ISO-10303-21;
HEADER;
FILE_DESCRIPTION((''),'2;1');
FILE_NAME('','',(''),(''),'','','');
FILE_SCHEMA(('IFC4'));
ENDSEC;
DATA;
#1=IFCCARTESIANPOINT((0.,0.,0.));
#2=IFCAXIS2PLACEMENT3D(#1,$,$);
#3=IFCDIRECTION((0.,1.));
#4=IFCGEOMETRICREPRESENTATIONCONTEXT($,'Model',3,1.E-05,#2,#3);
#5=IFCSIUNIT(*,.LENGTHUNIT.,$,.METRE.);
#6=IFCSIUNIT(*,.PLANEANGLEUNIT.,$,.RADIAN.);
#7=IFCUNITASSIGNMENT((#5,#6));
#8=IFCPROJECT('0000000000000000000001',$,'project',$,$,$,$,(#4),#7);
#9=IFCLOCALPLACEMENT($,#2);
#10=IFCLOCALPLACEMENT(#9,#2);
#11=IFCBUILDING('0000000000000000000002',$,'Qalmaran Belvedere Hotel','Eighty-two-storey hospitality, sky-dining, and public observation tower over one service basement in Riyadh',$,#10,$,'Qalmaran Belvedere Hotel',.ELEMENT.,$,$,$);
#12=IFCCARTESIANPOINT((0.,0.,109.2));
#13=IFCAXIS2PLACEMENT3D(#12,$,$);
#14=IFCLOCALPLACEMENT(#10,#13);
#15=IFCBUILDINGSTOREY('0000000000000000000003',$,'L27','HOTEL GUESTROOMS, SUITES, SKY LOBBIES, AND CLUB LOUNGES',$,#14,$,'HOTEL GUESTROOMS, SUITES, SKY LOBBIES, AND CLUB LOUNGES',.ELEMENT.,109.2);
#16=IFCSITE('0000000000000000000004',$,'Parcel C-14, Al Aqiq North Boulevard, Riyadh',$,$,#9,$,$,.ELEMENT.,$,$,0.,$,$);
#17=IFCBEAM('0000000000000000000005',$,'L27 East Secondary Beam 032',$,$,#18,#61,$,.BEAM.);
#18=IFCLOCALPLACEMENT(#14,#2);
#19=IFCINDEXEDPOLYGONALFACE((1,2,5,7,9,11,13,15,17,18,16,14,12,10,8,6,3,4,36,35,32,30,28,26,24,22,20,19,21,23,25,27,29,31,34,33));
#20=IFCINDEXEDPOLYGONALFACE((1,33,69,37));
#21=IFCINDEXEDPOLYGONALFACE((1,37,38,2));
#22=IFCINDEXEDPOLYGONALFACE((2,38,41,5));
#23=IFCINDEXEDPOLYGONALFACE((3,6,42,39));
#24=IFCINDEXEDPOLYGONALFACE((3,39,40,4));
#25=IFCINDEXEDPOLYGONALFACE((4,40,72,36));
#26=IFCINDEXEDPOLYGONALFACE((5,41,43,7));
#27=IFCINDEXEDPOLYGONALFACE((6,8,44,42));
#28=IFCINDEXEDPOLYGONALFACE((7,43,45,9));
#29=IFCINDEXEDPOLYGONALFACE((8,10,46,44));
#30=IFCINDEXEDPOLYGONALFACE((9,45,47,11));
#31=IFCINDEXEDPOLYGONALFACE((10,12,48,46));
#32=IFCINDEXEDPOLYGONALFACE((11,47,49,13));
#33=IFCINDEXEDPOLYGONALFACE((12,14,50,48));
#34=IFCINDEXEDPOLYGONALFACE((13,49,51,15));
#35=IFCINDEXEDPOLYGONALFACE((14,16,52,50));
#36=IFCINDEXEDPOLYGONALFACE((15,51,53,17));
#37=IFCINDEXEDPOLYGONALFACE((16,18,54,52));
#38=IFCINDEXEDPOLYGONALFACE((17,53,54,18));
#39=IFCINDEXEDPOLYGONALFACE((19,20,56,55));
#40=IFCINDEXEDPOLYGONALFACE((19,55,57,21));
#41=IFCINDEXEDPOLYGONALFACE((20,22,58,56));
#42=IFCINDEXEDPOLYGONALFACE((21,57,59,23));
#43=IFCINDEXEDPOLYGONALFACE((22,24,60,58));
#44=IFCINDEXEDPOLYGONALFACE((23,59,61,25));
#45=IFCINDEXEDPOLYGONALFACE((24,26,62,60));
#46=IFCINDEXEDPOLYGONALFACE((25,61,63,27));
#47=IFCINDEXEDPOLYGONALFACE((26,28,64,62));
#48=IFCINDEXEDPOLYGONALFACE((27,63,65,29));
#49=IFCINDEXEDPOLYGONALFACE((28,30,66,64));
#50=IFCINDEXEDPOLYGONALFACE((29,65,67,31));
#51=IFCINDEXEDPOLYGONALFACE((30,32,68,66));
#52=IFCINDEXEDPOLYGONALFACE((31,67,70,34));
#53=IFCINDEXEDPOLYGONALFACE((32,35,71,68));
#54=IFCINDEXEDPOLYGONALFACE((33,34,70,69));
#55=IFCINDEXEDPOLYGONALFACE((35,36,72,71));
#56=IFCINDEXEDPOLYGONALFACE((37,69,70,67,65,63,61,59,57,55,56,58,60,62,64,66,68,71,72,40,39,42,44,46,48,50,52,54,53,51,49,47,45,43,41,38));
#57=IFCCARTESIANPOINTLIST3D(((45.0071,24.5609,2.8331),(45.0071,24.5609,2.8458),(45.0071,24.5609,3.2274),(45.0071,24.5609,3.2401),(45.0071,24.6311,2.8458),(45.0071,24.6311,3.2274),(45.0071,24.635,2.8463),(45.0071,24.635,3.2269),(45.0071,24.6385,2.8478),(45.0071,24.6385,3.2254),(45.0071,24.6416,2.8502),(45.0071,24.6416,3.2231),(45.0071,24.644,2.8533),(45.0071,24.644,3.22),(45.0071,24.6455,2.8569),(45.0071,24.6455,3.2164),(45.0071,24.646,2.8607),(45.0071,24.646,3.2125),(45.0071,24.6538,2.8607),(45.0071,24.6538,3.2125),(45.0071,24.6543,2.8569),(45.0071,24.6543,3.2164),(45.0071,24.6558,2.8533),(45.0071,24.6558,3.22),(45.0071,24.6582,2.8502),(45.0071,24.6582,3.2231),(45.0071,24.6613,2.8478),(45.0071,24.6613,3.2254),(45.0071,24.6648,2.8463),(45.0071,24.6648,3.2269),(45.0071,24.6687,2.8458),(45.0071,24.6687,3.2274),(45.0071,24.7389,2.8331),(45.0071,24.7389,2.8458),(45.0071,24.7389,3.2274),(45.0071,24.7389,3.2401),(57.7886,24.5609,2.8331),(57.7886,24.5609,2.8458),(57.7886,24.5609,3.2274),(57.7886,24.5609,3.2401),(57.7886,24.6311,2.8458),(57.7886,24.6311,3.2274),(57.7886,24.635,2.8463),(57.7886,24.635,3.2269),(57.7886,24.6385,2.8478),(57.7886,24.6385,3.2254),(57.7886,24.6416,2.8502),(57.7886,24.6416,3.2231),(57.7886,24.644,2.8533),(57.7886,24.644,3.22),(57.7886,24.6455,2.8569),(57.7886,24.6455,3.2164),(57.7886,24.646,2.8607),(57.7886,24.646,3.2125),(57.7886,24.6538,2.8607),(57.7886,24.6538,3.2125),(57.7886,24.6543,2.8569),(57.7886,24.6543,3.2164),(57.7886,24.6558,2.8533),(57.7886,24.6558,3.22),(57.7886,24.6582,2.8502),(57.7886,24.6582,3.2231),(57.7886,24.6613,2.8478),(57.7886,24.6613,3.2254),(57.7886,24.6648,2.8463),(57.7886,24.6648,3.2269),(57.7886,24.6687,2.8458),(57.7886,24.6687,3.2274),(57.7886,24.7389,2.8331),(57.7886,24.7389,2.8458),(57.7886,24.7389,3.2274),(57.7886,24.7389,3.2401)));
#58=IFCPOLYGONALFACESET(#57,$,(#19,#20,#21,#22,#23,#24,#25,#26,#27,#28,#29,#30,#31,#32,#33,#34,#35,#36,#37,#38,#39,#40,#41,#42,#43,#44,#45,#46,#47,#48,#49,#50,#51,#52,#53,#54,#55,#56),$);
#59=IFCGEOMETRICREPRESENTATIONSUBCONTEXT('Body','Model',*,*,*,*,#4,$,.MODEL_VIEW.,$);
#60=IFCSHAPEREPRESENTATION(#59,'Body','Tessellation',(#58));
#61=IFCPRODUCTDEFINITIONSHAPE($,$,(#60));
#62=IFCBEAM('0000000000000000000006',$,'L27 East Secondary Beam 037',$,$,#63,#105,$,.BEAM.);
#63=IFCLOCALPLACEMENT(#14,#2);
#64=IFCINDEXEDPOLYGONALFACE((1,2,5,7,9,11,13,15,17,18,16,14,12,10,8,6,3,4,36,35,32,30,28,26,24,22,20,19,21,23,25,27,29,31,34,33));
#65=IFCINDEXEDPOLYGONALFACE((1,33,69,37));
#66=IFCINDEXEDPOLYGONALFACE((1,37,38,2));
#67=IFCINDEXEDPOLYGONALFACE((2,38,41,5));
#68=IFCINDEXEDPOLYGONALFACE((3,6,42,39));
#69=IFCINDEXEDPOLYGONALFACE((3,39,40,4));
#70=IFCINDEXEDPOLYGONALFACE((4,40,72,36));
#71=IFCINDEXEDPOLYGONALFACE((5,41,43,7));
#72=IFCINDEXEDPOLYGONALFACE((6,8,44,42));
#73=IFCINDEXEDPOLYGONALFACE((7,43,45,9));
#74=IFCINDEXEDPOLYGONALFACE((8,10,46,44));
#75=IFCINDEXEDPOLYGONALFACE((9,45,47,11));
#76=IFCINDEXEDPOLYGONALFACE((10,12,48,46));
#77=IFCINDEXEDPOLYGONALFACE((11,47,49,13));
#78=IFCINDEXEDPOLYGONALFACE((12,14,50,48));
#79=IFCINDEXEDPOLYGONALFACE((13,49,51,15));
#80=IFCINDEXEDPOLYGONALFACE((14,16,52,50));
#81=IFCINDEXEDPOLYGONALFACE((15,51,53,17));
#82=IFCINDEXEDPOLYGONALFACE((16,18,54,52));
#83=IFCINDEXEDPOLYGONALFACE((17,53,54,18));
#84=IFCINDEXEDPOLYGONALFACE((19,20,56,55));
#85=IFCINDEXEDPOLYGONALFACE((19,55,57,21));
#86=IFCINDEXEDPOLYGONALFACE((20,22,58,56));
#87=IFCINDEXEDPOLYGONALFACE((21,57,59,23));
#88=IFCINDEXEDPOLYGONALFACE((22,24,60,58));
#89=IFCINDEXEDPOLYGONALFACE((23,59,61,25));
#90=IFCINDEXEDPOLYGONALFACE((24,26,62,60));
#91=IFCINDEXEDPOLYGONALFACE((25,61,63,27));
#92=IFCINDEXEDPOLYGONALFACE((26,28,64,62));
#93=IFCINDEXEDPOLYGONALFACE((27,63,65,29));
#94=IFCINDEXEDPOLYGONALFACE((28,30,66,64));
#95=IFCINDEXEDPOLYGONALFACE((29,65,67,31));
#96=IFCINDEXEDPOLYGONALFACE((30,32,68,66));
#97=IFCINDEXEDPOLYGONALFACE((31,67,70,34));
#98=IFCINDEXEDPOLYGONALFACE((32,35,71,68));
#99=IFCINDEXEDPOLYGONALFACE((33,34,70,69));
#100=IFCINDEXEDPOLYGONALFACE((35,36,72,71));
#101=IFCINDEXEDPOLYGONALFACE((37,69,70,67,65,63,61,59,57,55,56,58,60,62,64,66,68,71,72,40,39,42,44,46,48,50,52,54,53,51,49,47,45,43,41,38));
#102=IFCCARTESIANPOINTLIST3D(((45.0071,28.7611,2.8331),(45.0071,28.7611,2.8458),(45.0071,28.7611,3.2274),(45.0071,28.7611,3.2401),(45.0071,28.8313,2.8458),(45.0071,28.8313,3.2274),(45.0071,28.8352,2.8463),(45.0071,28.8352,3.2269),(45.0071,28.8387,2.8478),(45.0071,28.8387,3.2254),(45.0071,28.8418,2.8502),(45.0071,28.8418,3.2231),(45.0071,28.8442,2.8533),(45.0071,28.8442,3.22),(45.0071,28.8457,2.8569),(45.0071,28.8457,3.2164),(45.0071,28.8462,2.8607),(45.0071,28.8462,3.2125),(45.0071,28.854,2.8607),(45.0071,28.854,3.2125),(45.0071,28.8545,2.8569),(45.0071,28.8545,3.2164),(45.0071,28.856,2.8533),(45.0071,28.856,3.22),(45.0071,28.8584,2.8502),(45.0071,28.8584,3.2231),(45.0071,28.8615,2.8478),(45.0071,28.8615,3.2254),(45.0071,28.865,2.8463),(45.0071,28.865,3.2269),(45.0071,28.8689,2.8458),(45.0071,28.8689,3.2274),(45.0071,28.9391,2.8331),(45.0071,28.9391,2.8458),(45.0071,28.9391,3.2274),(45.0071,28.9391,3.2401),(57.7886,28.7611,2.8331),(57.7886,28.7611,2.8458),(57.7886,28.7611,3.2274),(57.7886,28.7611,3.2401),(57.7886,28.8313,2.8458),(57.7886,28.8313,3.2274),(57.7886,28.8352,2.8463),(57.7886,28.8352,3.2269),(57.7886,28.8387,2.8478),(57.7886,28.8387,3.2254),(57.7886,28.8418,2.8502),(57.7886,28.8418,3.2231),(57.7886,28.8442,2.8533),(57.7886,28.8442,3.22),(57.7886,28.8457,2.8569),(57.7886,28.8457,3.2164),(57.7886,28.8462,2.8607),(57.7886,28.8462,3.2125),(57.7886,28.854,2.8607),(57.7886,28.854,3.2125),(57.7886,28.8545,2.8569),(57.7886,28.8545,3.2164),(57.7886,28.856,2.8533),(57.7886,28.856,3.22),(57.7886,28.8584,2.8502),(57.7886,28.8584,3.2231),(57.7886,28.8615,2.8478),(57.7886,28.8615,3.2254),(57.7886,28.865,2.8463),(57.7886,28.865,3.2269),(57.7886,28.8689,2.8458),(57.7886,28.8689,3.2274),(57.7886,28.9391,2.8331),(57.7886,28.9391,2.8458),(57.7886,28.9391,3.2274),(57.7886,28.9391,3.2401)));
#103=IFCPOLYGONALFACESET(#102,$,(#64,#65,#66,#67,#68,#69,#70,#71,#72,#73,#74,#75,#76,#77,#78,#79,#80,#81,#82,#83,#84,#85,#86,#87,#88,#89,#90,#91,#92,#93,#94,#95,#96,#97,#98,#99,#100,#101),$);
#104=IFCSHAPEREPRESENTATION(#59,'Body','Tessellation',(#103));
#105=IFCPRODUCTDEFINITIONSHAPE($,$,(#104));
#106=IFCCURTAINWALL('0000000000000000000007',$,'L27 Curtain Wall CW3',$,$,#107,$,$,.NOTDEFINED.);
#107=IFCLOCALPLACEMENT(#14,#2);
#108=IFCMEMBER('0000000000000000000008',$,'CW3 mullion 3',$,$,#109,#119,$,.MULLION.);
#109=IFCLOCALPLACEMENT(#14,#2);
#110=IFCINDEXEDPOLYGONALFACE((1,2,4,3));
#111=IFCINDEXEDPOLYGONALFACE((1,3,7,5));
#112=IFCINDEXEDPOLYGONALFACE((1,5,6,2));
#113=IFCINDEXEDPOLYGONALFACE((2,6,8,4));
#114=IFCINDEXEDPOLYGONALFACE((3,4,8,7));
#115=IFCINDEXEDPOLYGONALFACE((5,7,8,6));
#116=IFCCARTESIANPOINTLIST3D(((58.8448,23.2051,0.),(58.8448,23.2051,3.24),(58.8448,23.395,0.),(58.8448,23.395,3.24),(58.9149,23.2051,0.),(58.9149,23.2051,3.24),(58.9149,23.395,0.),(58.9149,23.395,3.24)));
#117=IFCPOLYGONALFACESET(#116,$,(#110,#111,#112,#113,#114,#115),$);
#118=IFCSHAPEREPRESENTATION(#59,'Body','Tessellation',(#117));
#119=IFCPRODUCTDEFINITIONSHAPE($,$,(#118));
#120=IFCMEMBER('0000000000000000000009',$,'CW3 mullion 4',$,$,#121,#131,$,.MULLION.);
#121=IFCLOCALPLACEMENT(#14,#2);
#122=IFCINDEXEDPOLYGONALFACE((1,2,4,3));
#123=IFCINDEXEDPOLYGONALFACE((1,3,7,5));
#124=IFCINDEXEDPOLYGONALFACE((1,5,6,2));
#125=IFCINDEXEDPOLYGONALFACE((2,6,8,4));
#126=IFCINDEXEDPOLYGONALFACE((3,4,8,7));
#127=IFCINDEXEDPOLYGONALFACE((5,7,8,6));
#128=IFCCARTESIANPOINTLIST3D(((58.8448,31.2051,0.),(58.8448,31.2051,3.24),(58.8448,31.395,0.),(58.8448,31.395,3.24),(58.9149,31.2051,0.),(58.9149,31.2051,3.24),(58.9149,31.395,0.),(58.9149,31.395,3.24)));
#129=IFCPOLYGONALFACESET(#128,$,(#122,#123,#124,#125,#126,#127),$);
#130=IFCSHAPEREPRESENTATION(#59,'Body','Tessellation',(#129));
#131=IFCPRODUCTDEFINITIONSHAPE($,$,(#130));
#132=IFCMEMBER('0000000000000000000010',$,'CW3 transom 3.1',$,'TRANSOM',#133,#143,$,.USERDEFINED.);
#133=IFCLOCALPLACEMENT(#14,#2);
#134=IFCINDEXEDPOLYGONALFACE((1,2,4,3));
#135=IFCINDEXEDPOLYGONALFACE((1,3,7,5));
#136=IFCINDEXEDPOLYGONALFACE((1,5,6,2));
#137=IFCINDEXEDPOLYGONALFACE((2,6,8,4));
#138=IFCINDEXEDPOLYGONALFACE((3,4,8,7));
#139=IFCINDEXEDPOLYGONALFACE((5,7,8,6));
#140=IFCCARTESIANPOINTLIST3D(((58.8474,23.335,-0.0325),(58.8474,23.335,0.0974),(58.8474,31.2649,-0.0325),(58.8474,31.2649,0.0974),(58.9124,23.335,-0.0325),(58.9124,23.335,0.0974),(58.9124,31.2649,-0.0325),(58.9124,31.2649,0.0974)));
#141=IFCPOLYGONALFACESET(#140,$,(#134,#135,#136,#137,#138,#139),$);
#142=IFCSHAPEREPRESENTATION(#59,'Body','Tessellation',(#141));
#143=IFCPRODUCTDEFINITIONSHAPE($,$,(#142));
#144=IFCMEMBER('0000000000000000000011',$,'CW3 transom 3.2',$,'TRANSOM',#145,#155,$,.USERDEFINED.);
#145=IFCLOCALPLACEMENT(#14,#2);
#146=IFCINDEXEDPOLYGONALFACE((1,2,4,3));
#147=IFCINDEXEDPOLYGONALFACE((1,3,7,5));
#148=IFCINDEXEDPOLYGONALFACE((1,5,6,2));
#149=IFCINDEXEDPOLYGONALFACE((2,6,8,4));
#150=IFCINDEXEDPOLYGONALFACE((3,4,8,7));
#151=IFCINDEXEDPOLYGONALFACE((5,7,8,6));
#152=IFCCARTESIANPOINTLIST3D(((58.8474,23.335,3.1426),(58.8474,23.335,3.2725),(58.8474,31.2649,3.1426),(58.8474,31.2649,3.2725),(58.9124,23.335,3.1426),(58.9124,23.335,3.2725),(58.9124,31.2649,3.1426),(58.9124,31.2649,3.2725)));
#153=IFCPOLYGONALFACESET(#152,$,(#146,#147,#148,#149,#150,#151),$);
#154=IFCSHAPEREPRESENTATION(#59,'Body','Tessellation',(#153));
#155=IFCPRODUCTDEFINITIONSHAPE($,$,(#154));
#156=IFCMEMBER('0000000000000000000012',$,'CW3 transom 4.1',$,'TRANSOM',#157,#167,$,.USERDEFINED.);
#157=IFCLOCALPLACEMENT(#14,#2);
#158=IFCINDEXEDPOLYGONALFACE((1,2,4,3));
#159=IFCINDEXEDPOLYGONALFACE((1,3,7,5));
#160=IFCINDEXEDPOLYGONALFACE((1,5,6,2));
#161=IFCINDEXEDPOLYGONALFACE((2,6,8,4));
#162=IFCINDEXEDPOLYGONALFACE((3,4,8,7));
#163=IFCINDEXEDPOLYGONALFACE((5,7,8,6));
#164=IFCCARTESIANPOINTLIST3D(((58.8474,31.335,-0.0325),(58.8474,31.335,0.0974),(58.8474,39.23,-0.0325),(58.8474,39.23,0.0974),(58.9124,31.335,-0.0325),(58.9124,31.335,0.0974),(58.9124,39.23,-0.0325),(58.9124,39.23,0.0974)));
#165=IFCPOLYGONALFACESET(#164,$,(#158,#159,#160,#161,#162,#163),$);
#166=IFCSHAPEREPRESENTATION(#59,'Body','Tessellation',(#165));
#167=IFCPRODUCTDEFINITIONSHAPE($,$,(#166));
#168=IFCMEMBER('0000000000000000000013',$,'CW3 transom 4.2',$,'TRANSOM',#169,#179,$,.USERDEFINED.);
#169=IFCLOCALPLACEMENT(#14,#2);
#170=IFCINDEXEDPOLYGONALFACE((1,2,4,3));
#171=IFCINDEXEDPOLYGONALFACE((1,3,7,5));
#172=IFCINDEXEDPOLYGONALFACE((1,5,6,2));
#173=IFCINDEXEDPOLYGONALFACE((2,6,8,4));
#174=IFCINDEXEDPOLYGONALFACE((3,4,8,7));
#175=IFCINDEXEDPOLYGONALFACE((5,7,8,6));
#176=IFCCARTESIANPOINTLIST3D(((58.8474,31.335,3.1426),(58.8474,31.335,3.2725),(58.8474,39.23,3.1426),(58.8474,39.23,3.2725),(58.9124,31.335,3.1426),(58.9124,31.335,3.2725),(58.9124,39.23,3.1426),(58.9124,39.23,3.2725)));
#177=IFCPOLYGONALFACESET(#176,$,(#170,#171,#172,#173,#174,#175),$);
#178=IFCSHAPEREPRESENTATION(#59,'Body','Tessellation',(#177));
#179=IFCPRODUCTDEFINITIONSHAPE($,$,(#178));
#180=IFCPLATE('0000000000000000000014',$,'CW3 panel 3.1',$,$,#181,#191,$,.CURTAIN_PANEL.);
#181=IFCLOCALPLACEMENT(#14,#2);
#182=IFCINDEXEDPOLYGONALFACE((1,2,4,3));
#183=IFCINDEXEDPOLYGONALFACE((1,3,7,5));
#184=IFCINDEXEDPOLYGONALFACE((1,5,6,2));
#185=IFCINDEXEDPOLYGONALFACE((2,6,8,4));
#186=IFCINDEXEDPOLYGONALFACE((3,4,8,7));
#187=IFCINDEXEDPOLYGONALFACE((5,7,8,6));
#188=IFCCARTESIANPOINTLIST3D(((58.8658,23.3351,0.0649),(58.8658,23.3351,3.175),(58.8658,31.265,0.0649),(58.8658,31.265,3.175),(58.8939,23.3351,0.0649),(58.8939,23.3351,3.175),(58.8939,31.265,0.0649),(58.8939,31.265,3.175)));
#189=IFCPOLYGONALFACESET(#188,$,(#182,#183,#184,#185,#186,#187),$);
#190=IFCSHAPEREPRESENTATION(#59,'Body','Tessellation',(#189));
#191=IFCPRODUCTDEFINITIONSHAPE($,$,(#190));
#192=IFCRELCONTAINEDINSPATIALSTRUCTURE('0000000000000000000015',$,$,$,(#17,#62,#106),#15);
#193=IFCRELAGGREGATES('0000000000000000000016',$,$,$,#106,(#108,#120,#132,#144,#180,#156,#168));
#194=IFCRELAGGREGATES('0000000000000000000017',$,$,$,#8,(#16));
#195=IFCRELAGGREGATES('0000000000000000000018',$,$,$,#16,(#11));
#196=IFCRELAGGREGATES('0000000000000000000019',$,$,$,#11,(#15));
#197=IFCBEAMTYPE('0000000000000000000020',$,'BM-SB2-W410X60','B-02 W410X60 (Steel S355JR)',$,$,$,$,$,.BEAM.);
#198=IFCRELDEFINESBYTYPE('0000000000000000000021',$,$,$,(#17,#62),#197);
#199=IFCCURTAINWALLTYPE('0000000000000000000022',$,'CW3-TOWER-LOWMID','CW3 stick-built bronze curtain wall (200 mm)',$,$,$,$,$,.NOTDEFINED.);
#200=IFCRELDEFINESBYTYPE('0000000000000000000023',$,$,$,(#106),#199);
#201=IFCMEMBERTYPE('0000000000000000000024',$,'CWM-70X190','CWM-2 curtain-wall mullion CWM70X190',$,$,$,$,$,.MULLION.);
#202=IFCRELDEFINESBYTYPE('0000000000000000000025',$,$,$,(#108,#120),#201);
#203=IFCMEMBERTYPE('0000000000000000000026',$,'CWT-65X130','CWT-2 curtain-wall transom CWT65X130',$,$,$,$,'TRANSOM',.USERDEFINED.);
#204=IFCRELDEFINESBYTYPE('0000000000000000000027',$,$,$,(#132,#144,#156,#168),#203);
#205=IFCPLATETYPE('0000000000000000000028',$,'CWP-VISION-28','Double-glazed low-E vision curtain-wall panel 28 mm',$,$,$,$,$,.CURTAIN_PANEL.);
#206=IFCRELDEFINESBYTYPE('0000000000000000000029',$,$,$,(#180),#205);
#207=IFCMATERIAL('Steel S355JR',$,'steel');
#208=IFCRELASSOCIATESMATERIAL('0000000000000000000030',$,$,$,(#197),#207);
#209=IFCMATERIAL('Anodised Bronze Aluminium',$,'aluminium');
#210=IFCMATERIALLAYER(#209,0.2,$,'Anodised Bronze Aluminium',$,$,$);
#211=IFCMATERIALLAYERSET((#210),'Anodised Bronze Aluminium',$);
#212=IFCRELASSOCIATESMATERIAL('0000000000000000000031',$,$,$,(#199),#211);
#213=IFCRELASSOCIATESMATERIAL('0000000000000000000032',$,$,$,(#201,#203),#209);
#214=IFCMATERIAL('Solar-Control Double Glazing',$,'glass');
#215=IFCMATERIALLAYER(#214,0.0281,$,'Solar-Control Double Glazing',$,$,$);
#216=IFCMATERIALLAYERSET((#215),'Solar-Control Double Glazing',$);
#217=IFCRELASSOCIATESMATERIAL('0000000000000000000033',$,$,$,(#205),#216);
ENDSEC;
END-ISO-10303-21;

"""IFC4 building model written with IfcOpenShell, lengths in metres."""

from ifc_helpers import new_model, si_unit, direction, frame, origin, origin_2d, place, context, subcontext, project, spatial, rectangle, i_section, extrude, material, layer, layer_set, material_profile, profile_set, type_object, element, aggregate, save


model = new_model("IFC4")

# Units and contexts
model_context = context("Model", 3, precision=1e-05, world=origin(), true_north=direction((0.0, 1.0)))
body_context = subcontext(model_context, "Body", "Model", "MODEL_VIEW")
ifc_project = project(units=[si_unit("LENGTHUNIT", "METRE"), si_unit("PLANEANGLEUNIT", "RADIAN")], contexts=[model_context])

# Site, building, storey
site_placement = place(None, origin())
site = spatial("IfcSite", under=ifc_project, at=site_placement, Name="Parcel C-14, Al Aqiq North Boulevard, Riyadh", CompositionType="ELEMENT", RefElevation=0.0)
building_placement = place(site_placement, origin())
building = spatial("IfcBuilding", under=site, at=building_placement, Name="Qalmaran Belvedere Hotel", Description="Eighty-two-storey hospitality, sky-dining, and public observation tower over one service basement in Riyadh", LongName="Qalmaran Belvedere Hotel", CompositionType="ELEMENT")
storey_placement = place(building_placement, frame((0.0, 0.0, 109.2)))
storey = spatial("IfcBuildingStorey", under=building, at=storey_placement, Name="L27", Description="HOTEL GUESTROOMS, SUITES, SKY LOBBIES, AND CLUB LOUNGES", LongName="HOTEL GUESTROOMS, SUITES, SKY LOBBIES, AND CLUB LOUNGES", CompositionType="ELEMENT", Elevation=109.2)

# Beams
ifc_material_1 = material(Name="Steel S355JR", Category="steel")
ifc_material_profile_1 = material_profile(ifc_material_1, i_section(OverallWidth=0.178, OverallDepth=0.407, WebThickness=0.0078, FlangeThickness=0.0127, FilletRadius=0.0149, at=origin_2d()), Name="W410X60")
ifc_profile_set_1 = profile_set([ifc_material_profile_1], Name="Steel S355JR")
beam_type = type_object("IfcBeamType", Name="BM-SB2-W410X60", Description="B-02 W410X60 (Steel S355JR)", PredefinedType="BEAM", material=ifc_profile_set_1)
for number, where, z_axis, x_axis, name in (
    (1, (45.0071, 24.6499, 3.0366), (1.0, 0.0, 0.0), (0.0, 1.0, 0.0), "L27 East Secondary Beam 032"),
    (2, (45.0071, 28.8501, 3.0366), (1.0, 0.0, 0.0), (0.0, 1.0, 0.0), "L27 East Secondary Beam 037"),
):
    element("IfcBeam", number, at=place(storey_placement, frame(where, z_axis=z_axis, x_axis=x_axis)), inside=storey, type_object=beam_type, Name=name, PredefinedType="BEAM", context=body_context, shape_type="SweptSolid", body=[
        extrude(i_section(OverallWidth=0.178, OverallDepth=0.407, WebThickness=0.0078, FlangeThickness=0.0127, FilletRadius=0.0149, at=origin_2d()), origin(), (0.0, 0.0, 1.0), 12.7815),
    ])

# Curtain wall, members, plate
ifc_material_2 = material(Name="Anodised Bronze Aluminium", Category="aluminium")
ifc_layer_1 = layer(ifc_material_2, 0.2, Name="Anodised Bronze Aluminium")
ifc_layer_set_1 = layer_set([ifc_layer_1], Name="Anodised Bronze Aluminium")
curtain_wall_type = type_object("IfcCurtainWallType", Name="CW3-TOWER-LOWMID", Description="CW3 stick-built bronze curtain wall (200 mm)", PredefinedType="NOTDEFINED", material=ifc_layer_set_1)
curtain_wall_placement = place(storey_placement, origin())
curtain_wall = element("IfcCurtainWall", 3, at=curtain_wall_placement, inside=storey, type_object=curtain_wall_type, Name="L27 Curtain Wall CW3", PredefinedType="NOTDEFINED")
ifc_material_profile_2 = material_profile(ifc_material_2, rectangle(XDim=0.0701, YDim=0.1899, at=origin_2d()), Name="CWM70X190")
ifc_profile_set_2 = profile_set([ifc_material_profile_2], Name="Anodised Bronze Aluminium")
member_type_1 = type_object("IfcMemberType", Name="CWM-70X190", Description="CWM-2 curtain-wall mullion CWM70X190", PredefinedType="MULLION", material=ifc_profile_set_2)
member_1_placement = place(storey_placement, frame((58.8799, 23.3, 0.0), z_axis=(0.0, 0.0, 1.0), x_axis=(-1.0, 0.0, 0.0)))
member_1 = element("IfcMember", 4, at=member_1_placement, type_object=member_type_1, Name="CW3 mullion 3", PredefinedType="MULLION", context=body_context, shape_type="SweptSolid", body=[
    extrude(rectangle(XDim=0.0701, YDim=0.1899, at=origin_2d()), origin(), (0.0, 0.0, 1.0), 3.24),
])
member_2_placement = place(storey_placement, frame((58.8799, 31.3, 0.0), z_axis=(0.0, 0.0, 1.0), x_axis=(-1.0, 0.0, 0.0)))
member_2 = element("IfcMember", 5, at=member_2_placement, type_object=member_type_1, Name="CW3 mullion 4", PredefinedType="MULLION", context=body_context, shape_type="SweptSolid", body=[
    extrude(rectangle(XDim=0.0701, YDim=0.1899, at=origin_2d()), origin(), (0.0, 0.0, 1.0), 3.24),
])
ifc_material_profile_3 = material_profile(ifc_material_2, rectangle(XDim=0.0649, YDim=0.1299, at=origin_2d()), Name="CWT65X130")
ifc_profile_set_3 = profile_set([ifc_material_profile_3], Name="Anodised Bronze Aluminium")
member_type_2 = type_object("IfcMemberType", Name="CWT-65X130", Description="CWT-2 curtain-wall transom CWT65X130", ElementType="TRANSOM", PredefinedType="USERDEFINED", material=ifc_profile_set_3)
member_3_placement = place(storey_placement, frame((58.8799, 23.335, 0.0325), z_axis=(0.0, 1.0, 0.0), x_axis=(-1.0, 0.0, 0.0)))
member_3 = element("IfcMember", 6, at=member_3_placement, type_object=member_type_2, Name="CW3 transom 3.1", ObjectType="TRANSOM", PredefinedType="USERDEFINED", context=body_context, shape_type="SweptSolid", body=[
    extrude(rectangle(XDim=0.0649, YDim=0.1299, at=origin_2d()), origin(), (0.0, 0.0, 1.0), 7.9299),
])
member_4_placement = place(storey_placement, frame((58.8799, 23.335, 3.2075), z_axis=(0.0, 1.0, 0.0), x_axis=(-1.0, 0.0, 0.0)))
member_4 = element("IfcMember", 7, at=member_4_placement, type_object=member_type_2, Name="CW3 transom 3.2", ObjectType="TRANSOM", PredefinedType="USERDEFINED", context=body_context, shape_type="SweptSolid", body=[
    extrude(rectangle(XDim=0.0649, YDim=0.1299, at=origin_2d()), origin(), (0.0, 0.0, 1.0), 7.9299),
])
member_5_placement = place(storey_placement, frame((58.8799, 31.335, 0.0325), z_axis=(0.0, 1.0, 0.0), x_axis=(-1.0, 0.0, 0.0)))
member_5 = element("IfcMember", 8, at=member_5_placement, type_object=member_type_2, Name="CW3 transom 4.1", ObjectType="TRANSOM", PredefinedType="USERDEFINED", context=body_context, shape_type="SweptSolid", body=[
    extrude(rectangle(XDim=0.0649, YDim=0.1299, at=origin_2d()), origin(), (0.0, 0.0, 1.0), 7.895),
])
member_6_placement = place(storey_placement, frame((58.8799, 31.335, 3.2075), z_axis=(0.0, 1.0, 0.0), x_axis=(-1.0, 0.0, 0.0)))
member_6 = element("IfcMember", 9, at=member_6_placement, type_object=member_type_2, Name="CW3 transom 4.2", ObjectType="TRANSOM", PredefinedType="USERDEFINED", context=body_context, shape_type="SweptSolid", body=[
    extrude(rectangle(XDim=0.0649, YDim=0.1299, at=origin_2d()), origin(), (0.0, 0.0, 1.0), 7.895),
])
ifc_material_3 = material(Name="Solar-Control Double Glazing", Category="glass")
ifc_layer_2 = layer(ifc_material_3, 0.0281, Name="Solar-Control Double Glazing")
ifc_layer_set_2 = layer_set([ifc_layer_2], Name="Solar-Control Double Glazing")
plate_type = type_object("IfcPlateType", Name="CWP-VISION-28", Description="Double-glazed low-E vision curtain-wall panel 28 mm", PredefinedType="CURTAIN_PANEL", material=ifc_layer_set_2)
plate_placement = place(storey_placement, frame((58.8799, 27.3, 0.0649), z_axis=(0.0, 0.0, 1.0), x_axis=(0.0, 1.0, 0.0)))
plate = element("IfcPlate", 10, at=plate_placement, type_object=plate_type, Name="CW3 panel 3.1", PredefinedType="CURTAIN_PANEL", context=body_context, shape_type="SweptSolid", body=[
    extrude(rectangle(XDim=7.9299, YDim=0.0281, at=origin_2d()), origin(), (0.0, 0.0, 1.0), 3.1101),
])
aggregate(curtain_wall, [member_1, member_2, member_3, member_4, plate, member_5, member_6])

save(model, "model.ifc")
